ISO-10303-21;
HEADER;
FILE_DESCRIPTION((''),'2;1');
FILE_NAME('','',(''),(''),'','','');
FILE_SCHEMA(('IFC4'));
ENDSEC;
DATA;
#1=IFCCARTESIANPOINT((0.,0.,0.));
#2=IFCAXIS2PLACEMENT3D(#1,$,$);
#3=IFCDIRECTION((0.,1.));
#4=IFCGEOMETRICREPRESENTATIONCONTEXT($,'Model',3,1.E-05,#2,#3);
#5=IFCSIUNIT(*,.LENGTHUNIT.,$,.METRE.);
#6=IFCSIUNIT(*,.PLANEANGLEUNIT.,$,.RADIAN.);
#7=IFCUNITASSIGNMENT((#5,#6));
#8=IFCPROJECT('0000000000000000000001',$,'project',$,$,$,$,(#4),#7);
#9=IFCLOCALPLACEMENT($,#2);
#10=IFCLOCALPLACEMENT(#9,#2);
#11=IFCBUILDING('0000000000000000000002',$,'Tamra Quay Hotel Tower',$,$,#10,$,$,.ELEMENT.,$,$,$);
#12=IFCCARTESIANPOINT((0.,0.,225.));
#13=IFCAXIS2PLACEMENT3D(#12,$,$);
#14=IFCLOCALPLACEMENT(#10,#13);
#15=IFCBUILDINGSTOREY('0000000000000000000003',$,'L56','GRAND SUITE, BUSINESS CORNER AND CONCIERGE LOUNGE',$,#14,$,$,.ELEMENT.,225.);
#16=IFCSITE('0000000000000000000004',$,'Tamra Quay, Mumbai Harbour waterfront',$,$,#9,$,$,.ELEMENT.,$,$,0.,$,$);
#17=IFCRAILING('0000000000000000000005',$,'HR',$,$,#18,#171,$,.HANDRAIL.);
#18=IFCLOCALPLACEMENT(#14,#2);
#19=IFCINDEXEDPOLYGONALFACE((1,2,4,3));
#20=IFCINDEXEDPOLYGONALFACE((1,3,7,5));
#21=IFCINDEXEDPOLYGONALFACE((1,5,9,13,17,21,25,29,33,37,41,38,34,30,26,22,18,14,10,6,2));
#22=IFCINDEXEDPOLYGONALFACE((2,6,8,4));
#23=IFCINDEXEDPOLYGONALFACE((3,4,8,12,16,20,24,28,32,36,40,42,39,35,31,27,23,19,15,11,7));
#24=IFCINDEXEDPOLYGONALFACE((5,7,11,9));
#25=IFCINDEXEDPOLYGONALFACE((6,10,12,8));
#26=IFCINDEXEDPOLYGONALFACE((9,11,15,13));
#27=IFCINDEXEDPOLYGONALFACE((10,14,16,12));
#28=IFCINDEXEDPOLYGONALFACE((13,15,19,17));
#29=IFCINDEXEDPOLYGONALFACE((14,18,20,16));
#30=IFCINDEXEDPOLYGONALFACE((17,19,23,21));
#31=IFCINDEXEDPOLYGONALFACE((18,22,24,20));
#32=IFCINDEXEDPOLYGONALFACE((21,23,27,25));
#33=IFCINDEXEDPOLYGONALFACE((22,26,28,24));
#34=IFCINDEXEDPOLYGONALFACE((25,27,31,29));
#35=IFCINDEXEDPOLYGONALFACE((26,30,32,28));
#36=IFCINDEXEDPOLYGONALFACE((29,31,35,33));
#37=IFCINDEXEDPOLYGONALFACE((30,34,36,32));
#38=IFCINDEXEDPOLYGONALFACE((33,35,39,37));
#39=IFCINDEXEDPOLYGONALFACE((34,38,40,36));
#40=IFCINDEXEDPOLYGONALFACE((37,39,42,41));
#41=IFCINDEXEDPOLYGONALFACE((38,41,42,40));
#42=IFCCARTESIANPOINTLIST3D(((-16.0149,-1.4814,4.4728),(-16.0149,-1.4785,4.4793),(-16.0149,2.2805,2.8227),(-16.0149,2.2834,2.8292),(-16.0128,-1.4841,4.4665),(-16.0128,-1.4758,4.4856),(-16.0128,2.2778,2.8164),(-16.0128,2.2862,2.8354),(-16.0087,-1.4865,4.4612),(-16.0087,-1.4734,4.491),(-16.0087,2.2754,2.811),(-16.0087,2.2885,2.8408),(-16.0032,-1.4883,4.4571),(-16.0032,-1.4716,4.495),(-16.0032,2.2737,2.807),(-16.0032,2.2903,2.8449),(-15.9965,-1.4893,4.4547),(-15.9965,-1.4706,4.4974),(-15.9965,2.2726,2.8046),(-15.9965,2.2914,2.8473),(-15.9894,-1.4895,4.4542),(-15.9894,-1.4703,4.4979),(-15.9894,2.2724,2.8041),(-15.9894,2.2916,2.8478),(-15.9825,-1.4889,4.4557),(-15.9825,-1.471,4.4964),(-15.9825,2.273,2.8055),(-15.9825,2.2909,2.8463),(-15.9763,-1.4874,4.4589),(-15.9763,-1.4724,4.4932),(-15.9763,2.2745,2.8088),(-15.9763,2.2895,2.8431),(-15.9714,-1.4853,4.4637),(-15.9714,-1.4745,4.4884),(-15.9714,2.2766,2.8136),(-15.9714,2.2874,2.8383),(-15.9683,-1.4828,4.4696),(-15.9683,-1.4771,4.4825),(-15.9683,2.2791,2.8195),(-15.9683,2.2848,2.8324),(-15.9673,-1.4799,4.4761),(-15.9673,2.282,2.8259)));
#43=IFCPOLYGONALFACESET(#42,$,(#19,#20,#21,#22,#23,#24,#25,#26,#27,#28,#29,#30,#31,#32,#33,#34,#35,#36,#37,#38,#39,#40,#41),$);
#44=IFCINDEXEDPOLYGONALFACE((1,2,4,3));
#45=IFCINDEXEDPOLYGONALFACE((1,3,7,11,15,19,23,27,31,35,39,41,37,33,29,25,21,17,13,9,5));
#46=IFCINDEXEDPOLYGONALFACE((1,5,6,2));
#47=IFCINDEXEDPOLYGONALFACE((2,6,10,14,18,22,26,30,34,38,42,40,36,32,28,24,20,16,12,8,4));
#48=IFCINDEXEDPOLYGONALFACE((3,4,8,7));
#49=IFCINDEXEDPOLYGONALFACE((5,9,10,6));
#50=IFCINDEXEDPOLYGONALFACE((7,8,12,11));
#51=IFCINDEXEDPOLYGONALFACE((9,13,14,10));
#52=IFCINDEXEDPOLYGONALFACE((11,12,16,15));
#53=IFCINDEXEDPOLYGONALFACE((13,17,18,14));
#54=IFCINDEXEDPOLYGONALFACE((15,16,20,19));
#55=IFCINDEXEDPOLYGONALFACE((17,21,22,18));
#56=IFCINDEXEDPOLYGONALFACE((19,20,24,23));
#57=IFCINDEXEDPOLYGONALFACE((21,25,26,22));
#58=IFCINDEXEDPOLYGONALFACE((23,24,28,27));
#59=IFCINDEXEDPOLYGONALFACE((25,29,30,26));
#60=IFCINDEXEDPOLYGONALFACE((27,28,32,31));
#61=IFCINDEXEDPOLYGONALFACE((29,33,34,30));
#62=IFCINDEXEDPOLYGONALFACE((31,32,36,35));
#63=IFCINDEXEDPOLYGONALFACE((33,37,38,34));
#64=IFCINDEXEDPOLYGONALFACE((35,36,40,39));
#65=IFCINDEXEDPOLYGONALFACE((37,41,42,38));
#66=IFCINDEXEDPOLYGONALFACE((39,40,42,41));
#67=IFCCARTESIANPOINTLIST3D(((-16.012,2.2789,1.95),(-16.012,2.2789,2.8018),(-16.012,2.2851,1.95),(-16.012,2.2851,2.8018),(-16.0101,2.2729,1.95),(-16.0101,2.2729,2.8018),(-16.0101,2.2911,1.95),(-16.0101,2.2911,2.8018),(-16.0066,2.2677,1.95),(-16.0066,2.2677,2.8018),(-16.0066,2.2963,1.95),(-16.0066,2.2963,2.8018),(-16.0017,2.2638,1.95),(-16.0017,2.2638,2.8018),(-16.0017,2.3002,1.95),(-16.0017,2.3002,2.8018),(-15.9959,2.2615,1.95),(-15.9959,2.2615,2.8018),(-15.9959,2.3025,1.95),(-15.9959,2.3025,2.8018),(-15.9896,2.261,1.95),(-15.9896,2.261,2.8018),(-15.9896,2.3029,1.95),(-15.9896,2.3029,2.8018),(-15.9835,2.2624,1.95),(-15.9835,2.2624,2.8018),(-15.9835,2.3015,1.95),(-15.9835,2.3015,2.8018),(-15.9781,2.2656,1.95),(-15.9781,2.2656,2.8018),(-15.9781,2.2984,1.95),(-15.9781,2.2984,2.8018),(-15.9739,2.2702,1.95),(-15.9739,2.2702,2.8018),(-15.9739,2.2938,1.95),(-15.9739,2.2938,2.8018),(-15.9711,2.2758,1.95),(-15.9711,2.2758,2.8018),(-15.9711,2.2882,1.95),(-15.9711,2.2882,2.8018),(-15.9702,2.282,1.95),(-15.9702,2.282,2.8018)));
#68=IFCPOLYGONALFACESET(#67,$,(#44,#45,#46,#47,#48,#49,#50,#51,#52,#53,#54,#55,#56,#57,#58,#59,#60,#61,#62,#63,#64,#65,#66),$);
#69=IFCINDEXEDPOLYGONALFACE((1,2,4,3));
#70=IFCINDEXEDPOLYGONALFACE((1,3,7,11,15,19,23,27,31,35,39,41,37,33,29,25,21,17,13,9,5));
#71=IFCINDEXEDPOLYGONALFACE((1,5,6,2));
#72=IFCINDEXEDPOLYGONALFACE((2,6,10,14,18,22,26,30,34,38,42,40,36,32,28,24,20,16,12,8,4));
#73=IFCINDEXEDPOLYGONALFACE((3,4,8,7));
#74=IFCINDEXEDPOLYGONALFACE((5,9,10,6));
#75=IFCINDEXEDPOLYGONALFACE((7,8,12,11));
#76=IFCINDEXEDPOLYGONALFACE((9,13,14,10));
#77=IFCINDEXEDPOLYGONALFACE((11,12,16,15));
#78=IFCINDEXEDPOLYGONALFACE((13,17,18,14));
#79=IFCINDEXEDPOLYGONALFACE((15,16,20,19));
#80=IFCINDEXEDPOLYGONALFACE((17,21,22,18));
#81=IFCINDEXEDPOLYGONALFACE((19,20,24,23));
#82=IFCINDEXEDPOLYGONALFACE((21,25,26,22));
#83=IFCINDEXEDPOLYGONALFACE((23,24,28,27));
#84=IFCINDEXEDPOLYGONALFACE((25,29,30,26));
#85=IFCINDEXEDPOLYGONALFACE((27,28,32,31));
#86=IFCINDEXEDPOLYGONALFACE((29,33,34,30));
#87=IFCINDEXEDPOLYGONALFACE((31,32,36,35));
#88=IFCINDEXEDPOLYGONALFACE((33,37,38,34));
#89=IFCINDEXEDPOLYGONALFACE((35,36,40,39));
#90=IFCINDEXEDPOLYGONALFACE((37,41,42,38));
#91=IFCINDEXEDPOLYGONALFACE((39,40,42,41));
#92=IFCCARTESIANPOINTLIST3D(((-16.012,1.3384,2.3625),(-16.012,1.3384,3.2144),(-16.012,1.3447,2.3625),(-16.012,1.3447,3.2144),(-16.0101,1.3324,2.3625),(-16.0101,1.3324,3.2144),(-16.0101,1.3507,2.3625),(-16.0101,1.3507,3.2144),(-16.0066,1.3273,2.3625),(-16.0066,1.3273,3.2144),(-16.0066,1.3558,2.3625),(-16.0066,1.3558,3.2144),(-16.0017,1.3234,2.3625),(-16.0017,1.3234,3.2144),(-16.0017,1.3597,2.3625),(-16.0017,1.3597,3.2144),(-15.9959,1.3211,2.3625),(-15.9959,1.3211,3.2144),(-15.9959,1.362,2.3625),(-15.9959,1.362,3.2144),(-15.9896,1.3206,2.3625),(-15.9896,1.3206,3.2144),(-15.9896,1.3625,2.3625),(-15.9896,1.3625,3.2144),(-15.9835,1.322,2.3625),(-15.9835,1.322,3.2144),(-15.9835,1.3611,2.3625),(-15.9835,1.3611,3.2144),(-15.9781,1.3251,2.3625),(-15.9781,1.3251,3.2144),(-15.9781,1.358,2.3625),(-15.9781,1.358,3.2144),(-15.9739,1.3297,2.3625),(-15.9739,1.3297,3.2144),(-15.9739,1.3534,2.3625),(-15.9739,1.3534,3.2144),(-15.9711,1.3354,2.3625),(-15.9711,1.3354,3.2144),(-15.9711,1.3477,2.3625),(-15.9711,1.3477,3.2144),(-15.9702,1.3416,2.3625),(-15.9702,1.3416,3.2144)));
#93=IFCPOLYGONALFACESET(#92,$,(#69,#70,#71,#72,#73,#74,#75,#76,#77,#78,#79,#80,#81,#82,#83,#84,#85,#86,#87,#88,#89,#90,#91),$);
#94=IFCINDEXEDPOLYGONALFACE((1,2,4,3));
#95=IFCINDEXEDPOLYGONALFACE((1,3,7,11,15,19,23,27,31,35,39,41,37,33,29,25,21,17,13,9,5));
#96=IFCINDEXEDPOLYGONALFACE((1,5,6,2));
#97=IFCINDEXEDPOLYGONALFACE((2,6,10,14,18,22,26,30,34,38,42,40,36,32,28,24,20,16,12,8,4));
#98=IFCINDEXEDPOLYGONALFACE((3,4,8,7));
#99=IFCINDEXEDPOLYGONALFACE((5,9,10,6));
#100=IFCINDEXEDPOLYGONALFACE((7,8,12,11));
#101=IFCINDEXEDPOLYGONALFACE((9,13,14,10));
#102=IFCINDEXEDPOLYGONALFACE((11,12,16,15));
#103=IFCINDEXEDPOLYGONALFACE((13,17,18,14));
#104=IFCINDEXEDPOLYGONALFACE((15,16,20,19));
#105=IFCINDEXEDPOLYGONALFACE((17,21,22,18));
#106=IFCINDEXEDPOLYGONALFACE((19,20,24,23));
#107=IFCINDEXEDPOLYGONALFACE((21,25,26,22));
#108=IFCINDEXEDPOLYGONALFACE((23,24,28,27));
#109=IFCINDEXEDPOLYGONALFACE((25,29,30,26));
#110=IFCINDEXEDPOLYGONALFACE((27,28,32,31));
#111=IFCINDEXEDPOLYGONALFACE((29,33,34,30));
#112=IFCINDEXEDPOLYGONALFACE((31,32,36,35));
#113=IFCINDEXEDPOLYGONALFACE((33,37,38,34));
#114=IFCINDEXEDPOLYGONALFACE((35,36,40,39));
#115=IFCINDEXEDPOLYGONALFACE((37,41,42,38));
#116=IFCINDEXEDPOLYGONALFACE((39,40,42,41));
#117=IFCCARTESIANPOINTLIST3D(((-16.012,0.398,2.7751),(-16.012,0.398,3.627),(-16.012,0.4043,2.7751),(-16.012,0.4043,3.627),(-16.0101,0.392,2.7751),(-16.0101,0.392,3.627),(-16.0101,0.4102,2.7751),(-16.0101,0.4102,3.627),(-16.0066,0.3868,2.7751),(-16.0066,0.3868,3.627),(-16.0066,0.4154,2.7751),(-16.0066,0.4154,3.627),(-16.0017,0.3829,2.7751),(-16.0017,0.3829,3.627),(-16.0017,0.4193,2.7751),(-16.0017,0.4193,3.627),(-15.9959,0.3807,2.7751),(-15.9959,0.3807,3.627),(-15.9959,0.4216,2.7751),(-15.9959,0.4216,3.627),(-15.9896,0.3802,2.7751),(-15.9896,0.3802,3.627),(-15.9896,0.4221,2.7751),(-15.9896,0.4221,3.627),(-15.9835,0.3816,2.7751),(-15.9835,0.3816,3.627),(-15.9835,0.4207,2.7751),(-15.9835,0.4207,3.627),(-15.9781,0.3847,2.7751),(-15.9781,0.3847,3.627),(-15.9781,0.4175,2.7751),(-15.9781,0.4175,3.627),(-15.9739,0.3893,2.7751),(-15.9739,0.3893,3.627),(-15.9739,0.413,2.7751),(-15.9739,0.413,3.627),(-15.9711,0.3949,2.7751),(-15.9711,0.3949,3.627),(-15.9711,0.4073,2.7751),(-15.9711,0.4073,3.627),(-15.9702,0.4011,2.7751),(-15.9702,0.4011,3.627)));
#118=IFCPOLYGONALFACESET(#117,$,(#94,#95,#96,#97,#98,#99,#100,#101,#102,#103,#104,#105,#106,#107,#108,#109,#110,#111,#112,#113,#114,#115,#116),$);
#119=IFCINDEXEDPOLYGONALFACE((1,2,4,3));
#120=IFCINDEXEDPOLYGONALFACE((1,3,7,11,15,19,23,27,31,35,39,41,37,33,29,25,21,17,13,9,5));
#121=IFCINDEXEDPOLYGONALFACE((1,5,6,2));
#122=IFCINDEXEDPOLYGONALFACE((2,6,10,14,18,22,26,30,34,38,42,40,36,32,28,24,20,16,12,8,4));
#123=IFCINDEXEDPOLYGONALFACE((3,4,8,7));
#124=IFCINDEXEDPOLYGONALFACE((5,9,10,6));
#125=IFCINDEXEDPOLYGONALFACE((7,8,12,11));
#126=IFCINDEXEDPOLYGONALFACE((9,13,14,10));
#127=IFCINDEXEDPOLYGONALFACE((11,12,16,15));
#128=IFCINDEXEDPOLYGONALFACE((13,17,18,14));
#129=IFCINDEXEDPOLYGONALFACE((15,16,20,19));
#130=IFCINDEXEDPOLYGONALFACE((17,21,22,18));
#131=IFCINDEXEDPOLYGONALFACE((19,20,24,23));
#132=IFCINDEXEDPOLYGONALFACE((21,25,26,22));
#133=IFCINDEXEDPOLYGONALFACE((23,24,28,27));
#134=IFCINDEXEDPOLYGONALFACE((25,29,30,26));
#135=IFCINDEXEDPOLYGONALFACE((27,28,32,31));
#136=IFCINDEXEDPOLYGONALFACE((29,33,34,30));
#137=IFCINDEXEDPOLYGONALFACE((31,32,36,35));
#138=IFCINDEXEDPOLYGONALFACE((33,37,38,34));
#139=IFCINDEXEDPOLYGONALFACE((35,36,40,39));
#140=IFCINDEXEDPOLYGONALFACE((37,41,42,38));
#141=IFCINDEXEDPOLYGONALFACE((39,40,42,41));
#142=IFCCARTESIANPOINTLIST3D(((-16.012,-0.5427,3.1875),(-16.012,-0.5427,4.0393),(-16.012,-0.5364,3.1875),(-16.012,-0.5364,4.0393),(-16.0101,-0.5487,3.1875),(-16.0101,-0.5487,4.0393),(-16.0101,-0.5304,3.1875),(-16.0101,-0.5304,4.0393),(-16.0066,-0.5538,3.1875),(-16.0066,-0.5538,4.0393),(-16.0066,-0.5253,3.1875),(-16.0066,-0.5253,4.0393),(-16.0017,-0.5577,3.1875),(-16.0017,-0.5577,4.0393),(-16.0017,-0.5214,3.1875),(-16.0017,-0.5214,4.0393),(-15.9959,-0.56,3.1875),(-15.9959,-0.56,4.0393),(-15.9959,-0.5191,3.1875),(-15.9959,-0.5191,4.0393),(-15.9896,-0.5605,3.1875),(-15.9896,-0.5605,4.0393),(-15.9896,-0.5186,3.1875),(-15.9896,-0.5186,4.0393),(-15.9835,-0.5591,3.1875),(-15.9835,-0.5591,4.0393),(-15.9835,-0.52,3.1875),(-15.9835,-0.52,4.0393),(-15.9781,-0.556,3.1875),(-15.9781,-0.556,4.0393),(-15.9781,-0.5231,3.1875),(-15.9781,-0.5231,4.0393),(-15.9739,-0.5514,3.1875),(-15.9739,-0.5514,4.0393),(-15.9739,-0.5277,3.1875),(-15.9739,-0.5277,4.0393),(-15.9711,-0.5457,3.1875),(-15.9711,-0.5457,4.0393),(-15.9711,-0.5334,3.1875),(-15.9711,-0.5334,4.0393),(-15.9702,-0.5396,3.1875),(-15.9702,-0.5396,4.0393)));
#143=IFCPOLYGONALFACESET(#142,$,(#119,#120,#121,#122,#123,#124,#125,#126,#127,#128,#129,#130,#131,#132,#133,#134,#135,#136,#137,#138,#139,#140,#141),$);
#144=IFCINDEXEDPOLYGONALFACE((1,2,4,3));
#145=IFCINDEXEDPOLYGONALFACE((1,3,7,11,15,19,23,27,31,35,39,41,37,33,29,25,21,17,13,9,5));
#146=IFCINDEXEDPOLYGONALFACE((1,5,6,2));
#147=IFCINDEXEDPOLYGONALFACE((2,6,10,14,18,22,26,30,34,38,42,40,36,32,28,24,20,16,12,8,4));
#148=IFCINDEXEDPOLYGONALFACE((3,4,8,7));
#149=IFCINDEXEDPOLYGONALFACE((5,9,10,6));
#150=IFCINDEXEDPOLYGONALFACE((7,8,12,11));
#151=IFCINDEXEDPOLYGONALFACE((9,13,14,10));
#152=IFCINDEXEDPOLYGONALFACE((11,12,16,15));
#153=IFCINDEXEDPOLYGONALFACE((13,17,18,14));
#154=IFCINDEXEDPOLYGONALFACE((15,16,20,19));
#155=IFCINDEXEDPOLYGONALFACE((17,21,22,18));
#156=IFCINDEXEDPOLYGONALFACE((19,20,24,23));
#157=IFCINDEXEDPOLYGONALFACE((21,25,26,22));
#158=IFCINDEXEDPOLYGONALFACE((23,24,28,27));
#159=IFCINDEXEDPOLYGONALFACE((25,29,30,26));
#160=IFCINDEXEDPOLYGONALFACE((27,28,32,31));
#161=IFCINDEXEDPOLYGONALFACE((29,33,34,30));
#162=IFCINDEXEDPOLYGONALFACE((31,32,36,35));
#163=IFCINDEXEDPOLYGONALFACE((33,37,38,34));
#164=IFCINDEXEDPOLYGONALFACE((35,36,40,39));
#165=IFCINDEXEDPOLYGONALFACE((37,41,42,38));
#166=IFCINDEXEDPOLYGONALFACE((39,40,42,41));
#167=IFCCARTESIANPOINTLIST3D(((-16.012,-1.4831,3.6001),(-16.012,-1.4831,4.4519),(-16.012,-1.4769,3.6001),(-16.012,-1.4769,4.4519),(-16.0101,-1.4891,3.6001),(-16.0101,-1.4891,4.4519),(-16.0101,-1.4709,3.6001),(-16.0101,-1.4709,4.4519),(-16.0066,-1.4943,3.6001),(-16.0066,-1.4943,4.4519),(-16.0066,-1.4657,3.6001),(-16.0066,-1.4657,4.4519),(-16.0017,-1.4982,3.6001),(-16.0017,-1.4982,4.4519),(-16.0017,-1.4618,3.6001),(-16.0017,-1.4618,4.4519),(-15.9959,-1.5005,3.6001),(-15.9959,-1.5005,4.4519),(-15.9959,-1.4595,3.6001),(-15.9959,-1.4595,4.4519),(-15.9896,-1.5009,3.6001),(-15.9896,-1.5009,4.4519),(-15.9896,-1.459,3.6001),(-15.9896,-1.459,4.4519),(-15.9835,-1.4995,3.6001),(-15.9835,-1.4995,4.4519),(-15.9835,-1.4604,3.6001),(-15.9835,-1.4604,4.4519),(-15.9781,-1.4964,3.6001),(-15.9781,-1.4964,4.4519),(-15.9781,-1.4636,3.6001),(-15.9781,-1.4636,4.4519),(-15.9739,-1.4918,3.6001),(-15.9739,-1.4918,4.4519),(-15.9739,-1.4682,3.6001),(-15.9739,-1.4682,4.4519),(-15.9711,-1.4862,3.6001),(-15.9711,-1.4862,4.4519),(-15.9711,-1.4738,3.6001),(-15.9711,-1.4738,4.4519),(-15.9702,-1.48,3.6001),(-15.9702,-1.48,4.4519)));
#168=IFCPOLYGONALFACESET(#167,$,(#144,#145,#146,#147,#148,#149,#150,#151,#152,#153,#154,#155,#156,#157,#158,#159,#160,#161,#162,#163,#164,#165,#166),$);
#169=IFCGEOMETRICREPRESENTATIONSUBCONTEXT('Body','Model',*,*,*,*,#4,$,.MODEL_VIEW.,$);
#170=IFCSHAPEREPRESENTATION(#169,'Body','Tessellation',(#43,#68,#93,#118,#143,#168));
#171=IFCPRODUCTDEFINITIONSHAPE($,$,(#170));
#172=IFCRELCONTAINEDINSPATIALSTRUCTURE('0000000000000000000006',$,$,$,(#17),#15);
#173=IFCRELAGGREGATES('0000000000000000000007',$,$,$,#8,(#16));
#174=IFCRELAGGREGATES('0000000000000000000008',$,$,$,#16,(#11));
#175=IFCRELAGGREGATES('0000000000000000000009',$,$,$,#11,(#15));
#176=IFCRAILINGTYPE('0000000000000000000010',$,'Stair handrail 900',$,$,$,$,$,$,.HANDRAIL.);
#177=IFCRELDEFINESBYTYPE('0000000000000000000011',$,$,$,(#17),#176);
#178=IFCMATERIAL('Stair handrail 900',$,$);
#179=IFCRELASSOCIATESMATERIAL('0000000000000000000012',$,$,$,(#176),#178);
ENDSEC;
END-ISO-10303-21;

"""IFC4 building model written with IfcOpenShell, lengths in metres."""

from ifc_helpers import new_model, si_unit, direction, frame, origin, origin_2d, place, context, subcontext, project, spatial, circle, extrude, material, type_object, element, save


model = new_model("IFC4")

# Units and contexts
model_context = context("Model", 3, precision=1e-05, world=origin(), true_north=direction((0.0, 1.0)))
body_context = subcontext(model_context, "Body", "Model", "MODEL_VIEW")
ifc_project = project(units=[si_unit("LENGTHUNIT", "METRE"), si_unit("PLANEANGLEUNIT", "RADIAN")], contexts=[model_context])

# Site, building, storey
site_placement = place(None, origin())
site = spatial("IfcSite", under=ifc_project, at=site_placement, Name="Tamra Quay, Mumbai Harbour waterfront", CompositionType="ELEMENT", RefElevation=0.0)
building_placement = place(site_placement, origin())
building = spatial("IfcBuilding", under=site, at=building_placement, Name="Tamra Quay Hotel Tower", CompositionType="ELEMENT")
storey_placement = place(building_placement, frame((0.0, 0.0, 225.0)))
storey = spatial("IfcBuildingStorey", under=building, at=storey_placement, Name="L56", Description="GRAND SUITE, BUSINESS CORNER AND CONCIERGE LOUNGE", CompositionType="ELEMENT", Elevation=225.0)

# Railing
ifc_material_1 = material(Name="Stair handrail 900")
railing_type = type_object("IfcRailingType", Name="Stair handrail 900", PredefinedType="HANDRAIL", material=ifc_material_1)
railing_placement = place(storey_placement, frame((-15.9912, 2.282, 1.95)))
element("IfcRailing", 1, at=railing_placement, inside=storey, type_object=railing_type, Name="HR", PredefinedType="HANDRAIL", context=body_context, shape_type="SweptSolid", body=[
    extrude(circle(Radius=0.0239, at=origin_2d()), frame((0.0, 0.0, 0.876), z_axis=(0.0, -0.915774, 0.401695), x_axis=(1.0, 0.0, 0.0)), (0.0, 0.0, 1.0), 4.1079),
    extrude(circle(Radius=0.021, at=origin_2d()), origin(), (0.0, 0.0, 1.0), 0.8518),
    extrude(circle(Radius=0.021, at=origin_2d()), frame((0.0, -0.9404, 0.4126)), (0.0, 0.0, 1.0), 0.8518),
    extrude(circle(Radius=0.021, at=origin_2d()), frame((0.0, -1.8809, 0.8252)), (0.0, 0.0, 1.0), 0.8518),
    extrude(circle(Radius=0.021, at=origin_2d()), frame((0.0, -2.8215, 1.2375)), (0.0, 0.0, 1.0), 0.8518),
    extrude(circle(Radius=0.021, at=origin_2d()), frame((0.0, -3.762, 1.6501)), (0.0, 0.0, 1.0), 0.8518),
])

save(model, "model.ifc")
